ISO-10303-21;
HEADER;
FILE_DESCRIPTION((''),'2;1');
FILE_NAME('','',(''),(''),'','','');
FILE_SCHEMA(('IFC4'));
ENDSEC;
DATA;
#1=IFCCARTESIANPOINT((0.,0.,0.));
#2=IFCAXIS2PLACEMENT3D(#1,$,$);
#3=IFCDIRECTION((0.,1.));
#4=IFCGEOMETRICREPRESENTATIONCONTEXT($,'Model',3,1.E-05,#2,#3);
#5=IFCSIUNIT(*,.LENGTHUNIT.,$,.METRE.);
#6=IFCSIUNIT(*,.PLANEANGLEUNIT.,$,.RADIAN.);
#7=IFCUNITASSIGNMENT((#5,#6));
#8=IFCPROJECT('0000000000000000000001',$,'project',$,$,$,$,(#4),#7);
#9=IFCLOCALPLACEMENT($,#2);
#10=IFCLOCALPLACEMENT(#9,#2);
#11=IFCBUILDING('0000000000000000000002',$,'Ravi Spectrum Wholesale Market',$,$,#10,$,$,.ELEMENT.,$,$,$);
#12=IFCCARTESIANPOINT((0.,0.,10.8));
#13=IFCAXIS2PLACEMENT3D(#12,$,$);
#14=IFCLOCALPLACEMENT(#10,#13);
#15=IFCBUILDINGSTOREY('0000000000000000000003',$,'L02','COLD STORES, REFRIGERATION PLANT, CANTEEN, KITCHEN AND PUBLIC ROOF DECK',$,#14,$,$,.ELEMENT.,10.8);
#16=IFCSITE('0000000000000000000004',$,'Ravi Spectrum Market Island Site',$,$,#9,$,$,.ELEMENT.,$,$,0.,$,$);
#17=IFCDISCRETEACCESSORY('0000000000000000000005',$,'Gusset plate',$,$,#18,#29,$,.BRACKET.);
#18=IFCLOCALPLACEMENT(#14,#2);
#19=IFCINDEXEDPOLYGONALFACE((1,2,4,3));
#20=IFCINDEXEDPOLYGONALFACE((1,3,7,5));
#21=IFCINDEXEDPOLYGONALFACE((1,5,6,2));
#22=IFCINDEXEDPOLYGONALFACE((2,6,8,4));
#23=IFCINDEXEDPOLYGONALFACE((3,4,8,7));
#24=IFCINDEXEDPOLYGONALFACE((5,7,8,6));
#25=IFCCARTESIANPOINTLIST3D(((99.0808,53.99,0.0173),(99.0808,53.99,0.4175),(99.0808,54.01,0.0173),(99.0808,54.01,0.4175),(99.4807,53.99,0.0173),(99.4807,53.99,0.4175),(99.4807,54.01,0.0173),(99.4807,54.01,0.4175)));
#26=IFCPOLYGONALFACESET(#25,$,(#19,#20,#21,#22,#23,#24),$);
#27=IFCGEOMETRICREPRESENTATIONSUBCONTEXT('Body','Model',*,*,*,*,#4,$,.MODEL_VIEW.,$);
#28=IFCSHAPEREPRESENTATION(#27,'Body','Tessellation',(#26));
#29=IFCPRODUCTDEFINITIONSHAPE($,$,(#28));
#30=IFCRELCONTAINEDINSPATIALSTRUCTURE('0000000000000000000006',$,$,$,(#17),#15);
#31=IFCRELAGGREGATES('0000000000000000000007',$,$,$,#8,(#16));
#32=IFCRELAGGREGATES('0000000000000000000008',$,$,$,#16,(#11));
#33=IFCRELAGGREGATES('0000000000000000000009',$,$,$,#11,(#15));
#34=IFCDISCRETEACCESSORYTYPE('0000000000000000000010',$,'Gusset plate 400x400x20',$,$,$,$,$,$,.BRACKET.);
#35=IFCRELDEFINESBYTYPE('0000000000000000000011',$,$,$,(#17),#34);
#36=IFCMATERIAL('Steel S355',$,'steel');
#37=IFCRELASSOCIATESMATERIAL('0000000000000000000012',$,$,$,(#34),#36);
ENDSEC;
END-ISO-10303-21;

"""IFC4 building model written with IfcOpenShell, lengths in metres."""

from ifc_helpers import new_model, si_unit, direction, frame, origin, origin_2d, place, context, subcontext, project, spatial, rectangle, extrude, material, material_profile, profile_set, type_object, element, save


model = new_model("IFC4")

# Units and contexts
model_context = context("Model", 3, precision=1e-05, world=origin(), true_north=direction((0.0, 1.0)))
body_context = subcontext(model_context, "Body", "Model", "MODEL_VIEW")
ifc_project = project(units=[si_unit("LENGTHUNIT", "METRE"), si_unit("PLANEANGLEUNIT", "RADIAN")], contexts=[model_context])

# Site, building, storey
site_placement = place(None, origin())
site = spatial("IfcSite", under=ifc_project, at=site_placement, Name="Ravi Spectrum Market Island Site", CompositionType="ELEMENT", RefElevation=0.0)
building_placement = place(site_placement, origin())
building = spatial("IfcBuilding", under=site, at=building_placement, Name="Ravi Spectrum Wholesale Market", CompositionType="ELEMENT")
storey_placement = place(building_placement, frame((0.0, 0.0, 10.8)))
storey = spatial("IfcBuildingStorey", under=building, at=storey_placement, Name="L02", Description="COLD STORES, REFRIGERATION PLANT, CANTEEN, KITCHEN AND PUBLIC ROOF DECK", CompositionType="ELEMENT", Elevation=10.8)

# Discrete accessory
ifc_material_1 = material(Name="Steel S355", Category="steel")
ifc_material_profile_1 = material_profile(ifc_material_1, rectangle(XDim=0.3999, YDim=0.02, at=origin_2d()))
ifc_profile_set_1 = profile_set([ifc_material_profile_1], Name="Steel S355")
discrete_accessory_type_1 = type_object("IfcDiscreteAccessoryType", Name="Gusset plate 400x400x20", PredefinedType="BRACKET", material=ifc_profile_set_1)
discrete_accessory_1_placement = place(storey_placement, frame((99.2808, 54.0, 0.0173), z_axis=(0.0, 0.0, 1.0), x_axis=(-1.0, 0.0, 0.0)))
element("IfcDiscreteAccessory", 1, at=discrete_accessory_1_placement, inside=storey, type_object=discrete_accessory_type_1, Name="Gusset plate", PredefinedType="BRACKET", context=body_context, shape_type="SweptSolid", body=[
    extrude(rectangle(XDim=0.3999, YDim=0.02, at=origin_2d()), origin(), (0.0, 0.0, 1.0), 0.4001),
])

save(model, "model.ifc")
